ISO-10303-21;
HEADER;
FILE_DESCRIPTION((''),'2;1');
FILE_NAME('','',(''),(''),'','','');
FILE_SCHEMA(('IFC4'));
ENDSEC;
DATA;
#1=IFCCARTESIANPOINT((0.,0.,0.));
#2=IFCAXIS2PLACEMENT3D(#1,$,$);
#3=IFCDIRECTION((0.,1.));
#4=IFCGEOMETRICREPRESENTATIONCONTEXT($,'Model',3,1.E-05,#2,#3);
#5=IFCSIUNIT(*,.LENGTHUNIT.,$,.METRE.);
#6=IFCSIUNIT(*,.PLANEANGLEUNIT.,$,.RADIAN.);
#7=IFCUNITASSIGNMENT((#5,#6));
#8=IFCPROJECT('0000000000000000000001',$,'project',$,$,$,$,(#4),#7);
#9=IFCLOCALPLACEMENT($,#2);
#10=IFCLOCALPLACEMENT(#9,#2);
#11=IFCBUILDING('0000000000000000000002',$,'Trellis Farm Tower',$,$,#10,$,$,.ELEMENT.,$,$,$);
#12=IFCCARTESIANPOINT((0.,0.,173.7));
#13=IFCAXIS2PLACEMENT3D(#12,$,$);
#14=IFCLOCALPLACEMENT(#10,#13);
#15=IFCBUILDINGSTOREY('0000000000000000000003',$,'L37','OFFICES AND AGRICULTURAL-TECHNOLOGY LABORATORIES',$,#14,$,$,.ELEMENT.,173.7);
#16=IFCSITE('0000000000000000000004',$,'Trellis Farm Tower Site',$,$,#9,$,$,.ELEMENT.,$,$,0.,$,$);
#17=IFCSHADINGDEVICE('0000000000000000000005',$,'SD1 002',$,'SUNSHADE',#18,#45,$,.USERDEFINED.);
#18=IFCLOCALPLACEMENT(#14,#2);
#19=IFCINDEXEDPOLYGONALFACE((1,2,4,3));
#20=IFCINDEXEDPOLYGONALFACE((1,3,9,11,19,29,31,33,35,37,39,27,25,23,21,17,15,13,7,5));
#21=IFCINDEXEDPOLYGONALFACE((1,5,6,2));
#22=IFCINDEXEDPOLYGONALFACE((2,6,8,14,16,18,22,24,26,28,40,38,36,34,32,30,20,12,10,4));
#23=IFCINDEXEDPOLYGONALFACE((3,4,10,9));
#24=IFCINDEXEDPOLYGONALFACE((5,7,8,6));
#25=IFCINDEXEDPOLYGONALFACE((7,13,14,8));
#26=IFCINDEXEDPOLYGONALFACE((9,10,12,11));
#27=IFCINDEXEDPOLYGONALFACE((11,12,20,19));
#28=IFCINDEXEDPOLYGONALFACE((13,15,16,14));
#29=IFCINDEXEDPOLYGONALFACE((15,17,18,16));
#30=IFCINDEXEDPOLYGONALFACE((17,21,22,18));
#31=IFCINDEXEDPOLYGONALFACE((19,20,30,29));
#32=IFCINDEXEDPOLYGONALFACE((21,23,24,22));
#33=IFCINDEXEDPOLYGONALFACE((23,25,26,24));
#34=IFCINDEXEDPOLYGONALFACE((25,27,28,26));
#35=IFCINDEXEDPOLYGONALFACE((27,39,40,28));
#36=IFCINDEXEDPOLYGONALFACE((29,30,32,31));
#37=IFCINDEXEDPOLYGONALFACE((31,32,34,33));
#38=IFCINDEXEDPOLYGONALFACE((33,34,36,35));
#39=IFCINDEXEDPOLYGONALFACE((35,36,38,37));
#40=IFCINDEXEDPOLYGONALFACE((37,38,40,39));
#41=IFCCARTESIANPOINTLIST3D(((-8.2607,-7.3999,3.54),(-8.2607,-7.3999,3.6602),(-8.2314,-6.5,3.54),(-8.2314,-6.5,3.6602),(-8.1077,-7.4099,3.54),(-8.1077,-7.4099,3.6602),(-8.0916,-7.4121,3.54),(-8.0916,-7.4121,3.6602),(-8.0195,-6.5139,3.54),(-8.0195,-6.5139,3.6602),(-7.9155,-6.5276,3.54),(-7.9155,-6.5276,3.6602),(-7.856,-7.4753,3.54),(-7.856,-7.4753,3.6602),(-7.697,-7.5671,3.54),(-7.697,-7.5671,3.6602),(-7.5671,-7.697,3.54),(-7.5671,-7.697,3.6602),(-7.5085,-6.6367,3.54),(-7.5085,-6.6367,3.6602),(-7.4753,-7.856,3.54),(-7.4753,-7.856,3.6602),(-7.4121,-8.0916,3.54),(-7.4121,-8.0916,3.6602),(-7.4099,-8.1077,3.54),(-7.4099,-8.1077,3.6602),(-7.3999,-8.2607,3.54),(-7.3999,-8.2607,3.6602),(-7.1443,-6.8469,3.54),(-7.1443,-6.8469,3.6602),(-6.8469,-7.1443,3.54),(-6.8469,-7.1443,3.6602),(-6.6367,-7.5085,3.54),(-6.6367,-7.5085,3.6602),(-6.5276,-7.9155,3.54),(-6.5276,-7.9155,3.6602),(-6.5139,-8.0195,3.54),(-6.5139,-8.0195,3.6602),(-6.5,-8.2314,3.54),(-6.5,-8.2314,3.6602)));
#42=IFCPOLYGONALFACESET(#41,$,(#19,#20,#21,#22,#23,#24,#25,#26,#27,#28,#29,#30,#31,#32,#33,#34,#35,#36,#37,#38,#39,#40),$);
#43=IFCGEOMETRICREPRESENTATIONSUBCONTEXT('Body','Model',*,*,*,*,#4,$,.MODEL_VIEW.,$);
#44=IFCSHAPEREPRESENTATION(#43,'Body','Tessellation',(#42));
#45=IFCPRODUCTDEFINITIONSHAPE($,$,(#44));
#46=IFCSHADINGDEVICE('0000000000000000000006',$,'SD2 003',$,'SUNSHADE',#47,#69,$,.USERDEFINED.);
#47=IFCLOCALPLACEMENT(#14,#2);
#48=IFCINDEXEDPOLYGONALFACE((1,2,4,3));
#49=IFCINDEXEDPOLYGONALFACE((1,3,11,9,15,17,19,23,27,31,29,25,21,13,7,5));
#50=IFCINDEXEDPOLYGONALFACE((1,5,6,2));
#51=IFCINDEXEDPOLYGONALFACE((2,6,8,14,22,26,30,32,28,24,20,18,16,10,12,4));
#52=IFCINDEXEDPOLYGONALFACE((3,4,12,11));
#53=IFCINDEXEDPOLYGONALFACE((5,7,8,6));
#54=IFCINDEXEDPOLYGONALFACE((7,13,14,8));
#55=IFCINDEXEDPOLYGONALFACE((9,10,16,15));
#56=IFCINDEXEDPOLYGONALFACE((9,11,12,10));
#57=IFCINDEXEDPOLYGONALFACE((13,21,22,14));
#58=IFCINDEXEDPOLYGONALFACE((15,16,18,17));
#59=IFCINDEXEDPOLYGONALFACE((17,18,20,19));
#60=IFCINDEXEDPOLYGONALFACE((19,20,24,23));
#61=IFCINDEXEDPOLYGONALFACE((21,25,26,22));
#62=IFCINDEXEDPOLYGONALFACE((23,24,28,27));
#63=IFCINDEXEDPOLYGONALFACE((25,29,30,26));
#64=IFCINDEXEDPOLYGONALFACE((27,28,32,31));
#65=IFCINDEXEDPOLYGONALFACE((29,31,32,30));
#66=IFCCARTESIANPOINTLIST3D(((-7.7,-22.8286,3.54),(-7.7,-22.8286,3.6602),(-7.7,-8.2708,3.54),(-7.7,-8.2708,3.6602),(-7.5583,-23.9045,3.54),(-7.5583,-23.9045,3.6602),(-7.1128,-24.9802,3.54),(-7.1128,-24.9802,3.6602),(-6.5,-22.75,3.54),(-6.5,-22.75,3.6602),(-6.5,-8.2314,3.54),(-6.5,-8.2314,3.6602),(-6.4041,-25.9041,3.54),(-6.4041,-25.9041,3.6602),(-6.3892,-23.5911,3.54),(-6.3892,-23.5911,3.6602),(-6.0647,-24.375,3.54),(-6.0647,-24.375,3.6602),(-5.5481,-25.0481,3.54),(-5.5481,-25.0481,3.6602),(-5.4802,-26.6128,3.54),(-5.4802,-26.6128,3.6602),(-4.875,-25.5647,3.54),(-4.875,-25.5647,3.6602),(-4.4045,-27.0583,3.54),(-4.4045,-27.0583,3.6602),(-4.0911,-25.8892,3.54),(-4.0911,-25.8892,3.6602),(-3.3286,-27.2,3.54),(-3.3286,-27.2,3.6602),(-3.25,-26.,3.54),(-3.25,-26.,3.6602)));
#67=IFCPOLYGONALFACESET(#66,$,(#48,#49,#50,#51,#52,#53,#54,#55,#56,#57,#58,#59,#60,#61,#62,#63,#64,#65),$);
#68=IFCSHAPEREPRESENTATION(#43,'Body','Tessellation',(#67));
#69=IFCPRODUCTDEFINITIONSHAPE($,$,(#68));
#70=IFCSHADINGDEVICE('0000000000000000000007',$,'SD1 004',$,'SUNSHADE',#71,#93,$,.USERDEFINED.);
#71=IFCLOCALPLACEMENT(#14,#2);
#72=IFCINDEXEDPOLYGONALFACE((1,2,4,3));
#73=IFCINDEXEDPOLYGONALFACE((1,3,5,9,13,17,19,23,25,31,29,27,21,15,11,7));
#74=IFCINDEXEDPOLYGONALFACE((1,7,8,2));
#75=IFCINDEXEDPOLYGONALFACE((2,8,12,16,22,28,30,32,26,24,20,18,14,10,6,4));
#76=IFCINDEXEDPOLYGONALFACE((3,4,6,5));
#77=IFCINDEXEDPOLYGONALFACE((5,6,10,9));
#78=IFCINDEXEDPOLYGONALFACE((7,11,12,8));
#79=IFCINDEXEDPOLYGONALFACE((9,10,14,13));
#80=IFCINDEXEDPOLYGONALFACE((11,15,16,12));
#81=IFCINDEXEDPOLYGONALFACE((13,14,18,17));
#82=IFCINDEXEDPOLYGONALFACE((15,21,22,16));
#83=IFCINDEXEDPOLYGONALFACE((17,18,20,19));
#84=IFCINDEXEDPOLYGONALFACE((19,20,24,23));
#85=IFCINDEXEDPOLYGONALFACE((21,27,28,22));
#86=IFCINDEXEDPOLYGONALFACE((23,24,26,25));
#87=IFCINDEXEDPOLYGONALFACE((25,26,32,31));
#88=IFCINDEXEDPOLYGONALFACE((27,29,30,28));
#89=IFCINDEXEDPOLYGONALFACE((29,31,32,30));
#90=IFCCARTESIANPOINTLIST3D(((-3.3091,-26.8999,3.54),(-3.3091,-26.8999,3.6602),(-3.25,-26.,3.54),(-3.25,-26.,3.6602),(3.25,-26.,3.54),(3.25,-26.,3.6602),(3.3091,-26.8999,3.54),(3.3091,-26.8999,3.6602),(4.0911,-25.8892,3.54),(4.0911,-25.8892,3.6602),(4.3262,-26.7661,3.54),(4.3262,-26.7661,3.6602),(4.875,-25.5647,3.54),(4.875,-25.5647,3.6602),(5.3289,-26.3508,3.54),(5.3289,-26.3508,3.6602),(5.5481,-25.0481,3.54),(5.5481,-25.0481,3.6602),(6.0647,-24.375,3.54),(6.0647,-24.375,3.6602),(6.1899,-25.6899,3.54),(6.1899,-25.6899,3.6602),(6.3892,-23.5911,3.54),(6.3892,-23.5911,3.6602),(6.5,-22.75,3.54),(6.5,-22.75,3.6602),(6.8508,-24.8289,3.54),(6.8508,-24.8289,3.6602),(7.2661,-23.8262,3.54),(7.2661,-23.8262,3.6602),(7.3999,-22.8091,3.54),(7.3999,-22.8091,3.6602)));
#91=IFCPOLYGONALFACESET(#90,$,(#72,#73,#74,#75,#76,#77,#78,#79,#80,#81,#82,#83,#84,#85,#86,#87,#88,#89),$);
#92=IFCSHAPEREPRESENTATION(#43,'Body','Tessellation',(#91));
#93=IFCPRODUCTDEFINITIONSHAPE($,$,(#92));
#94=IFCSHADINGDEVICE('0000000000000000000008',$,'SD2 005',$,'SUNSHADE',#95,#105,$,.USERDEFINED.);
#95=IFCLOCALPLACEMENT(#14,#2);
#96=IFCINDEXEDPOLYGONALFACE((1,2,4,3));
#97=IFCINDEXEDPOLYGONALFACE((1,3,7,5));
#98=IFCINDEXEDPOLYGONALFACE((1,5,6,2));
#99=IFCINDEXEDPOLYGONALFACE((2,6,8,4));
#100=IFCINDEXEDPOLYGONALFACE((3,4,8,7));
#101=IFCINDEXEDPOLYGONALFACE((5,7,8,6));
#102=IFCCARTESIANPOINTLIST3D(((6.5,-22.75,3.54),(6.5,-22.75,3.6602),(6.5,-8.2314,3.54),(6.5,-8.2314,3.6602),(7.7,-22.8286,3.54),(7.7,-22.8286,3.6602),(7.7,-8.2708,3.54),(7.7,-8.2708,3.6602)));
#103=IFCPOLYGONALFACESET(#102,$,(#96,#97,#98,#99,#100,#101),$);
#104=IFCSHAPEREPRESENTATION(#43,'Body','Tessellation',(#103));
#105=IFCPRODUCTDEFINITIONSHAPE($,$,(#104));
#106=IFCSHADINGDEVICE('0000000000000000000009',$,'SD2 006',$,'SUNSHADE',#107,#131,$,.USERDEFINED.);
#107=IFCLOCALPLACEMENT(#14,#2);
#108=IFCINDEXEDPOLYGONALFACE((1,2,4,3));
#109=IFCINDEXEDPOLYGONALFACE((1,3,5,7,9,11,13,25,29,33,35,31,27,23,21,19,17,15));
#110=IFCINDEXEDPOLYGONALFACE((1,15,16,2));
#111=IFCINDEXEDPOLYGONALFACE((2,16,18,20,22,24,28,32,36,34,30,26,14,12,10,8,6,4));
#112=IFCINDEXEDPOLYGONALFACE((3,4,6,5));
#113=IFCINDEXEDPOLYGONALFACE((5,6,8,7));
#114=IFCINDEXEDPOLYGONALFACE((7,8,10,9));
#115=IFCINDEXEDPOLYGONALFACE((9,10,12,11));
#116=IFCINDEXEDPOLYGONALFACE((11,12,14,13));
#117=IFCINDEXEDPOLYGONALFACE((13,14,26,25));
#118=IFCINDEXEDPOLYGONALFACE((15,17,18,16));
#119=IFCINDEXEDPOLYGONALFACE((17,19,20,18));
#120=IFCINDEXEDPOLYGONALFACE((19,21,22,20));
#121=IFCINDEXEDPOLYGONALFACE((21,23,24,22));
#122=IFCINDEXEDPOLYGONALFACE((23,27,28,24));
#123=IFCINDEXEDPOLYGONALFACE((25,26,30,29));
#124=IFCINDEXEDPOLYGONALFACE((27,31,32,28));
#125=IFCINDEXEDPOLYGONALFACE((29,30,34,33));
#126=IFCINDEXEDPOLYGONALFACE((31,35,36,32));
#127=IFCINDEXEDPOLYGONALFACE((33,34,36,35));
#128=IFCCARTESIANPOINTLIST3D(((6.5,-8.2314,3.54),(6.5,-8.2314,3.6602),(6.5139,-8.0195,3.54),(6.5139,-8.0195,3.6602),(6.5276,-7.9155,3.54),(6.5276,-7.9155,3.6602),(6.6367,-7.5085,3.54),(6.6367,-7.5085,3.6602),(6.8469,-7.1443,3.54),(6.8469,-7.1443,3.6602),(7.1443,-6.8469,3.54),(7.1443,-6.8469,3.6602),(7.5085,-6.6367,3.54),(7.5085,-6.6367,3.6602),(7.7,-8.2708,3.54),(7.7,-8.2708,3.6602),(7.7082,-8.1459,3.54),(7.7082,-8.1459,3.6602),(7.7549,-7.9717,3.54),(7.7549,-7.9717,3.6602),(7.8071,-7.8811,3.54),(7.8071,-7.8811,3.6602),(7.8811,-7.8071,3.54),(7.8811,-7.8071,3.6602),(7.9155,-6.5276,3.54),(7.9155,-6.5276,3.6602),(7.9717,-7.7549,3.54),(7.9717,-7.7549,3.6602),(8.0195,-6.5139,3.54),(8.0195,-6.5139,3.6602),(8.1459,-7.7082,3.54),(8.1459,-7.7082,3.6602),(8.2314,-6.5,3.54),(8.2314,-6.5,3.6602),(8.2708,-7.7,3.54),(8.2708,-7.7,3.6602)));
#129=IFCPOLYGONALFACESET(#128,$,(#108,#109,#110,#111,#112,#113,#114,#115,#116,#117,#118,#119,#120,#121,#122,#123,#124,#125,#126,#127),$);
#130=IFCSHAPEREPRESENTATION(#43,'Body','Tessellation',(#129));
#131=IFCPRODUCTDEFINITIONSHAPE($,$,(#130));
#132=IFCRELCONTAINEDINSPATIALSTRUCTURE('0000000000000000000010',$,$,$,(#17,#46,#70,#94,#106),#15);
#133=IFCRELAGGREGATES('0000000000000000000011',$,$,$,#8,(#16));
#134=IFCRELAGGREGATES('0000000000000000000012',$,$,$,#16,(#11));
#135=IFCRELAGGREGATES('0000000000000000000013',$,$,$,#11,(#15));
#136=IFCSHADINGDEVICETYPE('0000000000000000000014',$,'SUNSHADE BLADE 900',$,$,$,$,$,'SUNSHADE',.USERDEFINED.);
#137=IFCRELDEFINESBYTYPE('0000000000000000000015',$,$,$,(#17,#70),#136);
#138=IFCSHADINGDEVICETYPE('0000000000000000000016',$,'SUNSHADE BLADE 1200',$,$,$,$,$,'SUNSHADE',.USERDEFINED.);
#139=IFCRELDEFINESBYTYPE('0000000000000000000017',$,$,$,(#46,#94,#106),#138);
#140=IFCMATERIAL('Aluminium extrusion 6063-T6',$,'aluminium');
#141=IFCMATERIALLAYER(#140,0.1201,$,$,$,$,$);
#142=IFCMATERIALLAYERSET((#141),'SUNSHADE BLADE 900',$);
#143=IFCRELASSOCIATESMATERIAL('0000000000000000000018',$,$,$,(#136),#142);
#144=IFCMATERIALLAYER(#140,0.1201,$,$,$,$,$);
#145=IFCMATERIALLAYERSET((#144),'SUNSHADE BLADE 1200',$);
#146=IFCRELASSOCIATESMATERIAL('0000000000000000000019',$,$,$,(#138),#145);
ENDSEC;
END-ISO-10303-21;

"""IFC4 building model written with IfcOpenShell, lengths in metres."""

from ifc_helpers import new_model, si_unit, direction, frame, origin, place, context, subcontext, project, spatial, polyline, outline, extrude, source, transform, mapped, material, layer, layer_set, type_object, element, save


model = new_model("IFC4")

# Units and contexts
model_context = context("Model", 3, precision=1e-05, world=origin(), true_north=direction((0.0, 1.0)))
body_context = subcontext(model_context, "Body", "Model", "MODEL_VIEW")
ifc_project = project(units=[si_unit("LENGTHUNIT", "METRE"), si_unit("PLANEANGLEUNIT", "RADIAN")], contexts=[model_context])

# Site, building, storey
site_placement = place(None, origin())
site = spatial("IfcSite", under=ifc_project, at=site_placement, Name="Trellis Farm Tower Site", CompositionType="ELEMENT", RefElevation=0.0)
building_placement = place(site_placement, origin())
building = spatial("IfcBuilding", under=site, at=building_placement, Name="Trellis Farm Tower", CompositionType="ELEMENT")
storey_placement = place(building_placement, frame((0.0, 0.0, 173.7)))
storey = spatial("IfcBuildingStorey", under=building, at=storey_placement, Name="L37", Description="OFFICES AND AGRICULTURAL-TECHNOLOGY LABORATORIES", CompositionType="ELEMENT", Elevation=173.7)

# Shared definitions
ifc_material_1 = material(Name="Aluminium extrusion 6063-T6", Category="aluminium")

# Shading devices
ifc_layer_1 = layer(ifc_material_1, 0.1201)
ifc_layer_set_1 = layer_set([ifc_layer_1], Name="SUNSHADE BLADE 900")
shading_device_type_1 = type_object("IfcShadingDeviceType", Name="SUNSHADE BLADE 900", ElementType="SUNSHADE", PredefinedType="USERDEFINED", material=ifc_layer_set_1)
shared_shape_1 = source(origin(), body_context, "Body", "SweptSolid", [
    extrude(outline(polyline([(-8.2607, -7.3999), (-8.1077, -7.4099), (-8.0916, -7.4121), (-7.856, -7.4753), (-7.697, -7.5671), (-7.5671, -7.697), (-7.4753, -7.856), (-7.4121, -8.0916), (-7.4099, -8.1077), (-7.3999, -8.2607), (-6.5, -8.2314), (-6.5139, -8.0195), (-6.5276, -7.9155), (-6.6367, -7.5085), (-6.8469, -7.1443), (-7.1443, -6.8469), (-7.5085, -6.6367), (-7.9155, -6.5276), (-8.0195, -6.5139), (-8.2314, -6.5), (-8.2607, -7.3999)])), origin(), (0.0, 0.0, 1.0), 0.1201),
])
placement_1 = place(storey_placement, frame((0.0, 0.0, 3.54)))
element("IfcShadingDevice", 1, at=placement_1, inside=storey, type_object=shading_device_type_1, Name="SD1 002", ObjectType="SUNSHADE", PredefinedType="USERDEFINED", context=body_context, shape_type="MappedRepresentation", body=[
    mapped(shared_shape_1, transform((0.0, 0.0, 0.0))),
])
ifc_layer_2 = layer(ifc_material_1, 0.1201)
ifc_layer_set_2 = layer_set([ifc_layer_2], Name="SUNSHADE BLADE 1200")
shading_device_type_2 = type_object("IfcShadingDeviceType", Name="SUNSHADE BLADE 1200", ElementType="SUNSHADE", PredefinedType="USERDEFINED", material=ifc_layer_set_2)
shared_shape_2 = source(origin(), body_context, "Body", "SweptSolid", [
    extrude(outline(polyline([(-7.7, -8.2708), (-7.7, -22.8286), (-7.5583, -23.9045), (-7.1128, -24.9802), (-6.4041, -25.9041), (-5.4802, -26.6128), (-4.4045, -27.0583), (-3.3286, -27.2), (-3.25, -26.0), (-4.0911, -25.8892), (-4.875, -25.5647), (-5.5481, -25.0481), (-6.0647, -24.375), (-6.3892, -23.5911), (-6.5, -22.75), (-6.5, -8.2314), (-7.7, -8.2708)])), origin(), (0.0, 0.0, 1.0), 0.1201),
])
element("IfcShadingDevice", 2, at=placement_1, inside=storey, type_object=shading_device_type_2, Name="SD2 003", ObjectType="SUNSHADE", PredefinedType="USERDEFINED", context=body_context, shape_type="MappedRepresentation", body=[
    mapped(shared_shape_2, transform((0.0, 0.0, 0.0))),
])
shared_shape_3 = source(origin(), body_context, "Body", "SweptSolid", [
    extrude(outline(polyline([(-3.3091, -26.8999), (3.3091, -26.8999), (4.3262, -26.7661), (5.3289, -26.3508), (6.1899, -25.6899), (6.8508, -24.8289), (7.2661, -23.8262), (7.3999, -22.8091), (6.5, -22.75), (6.3892, -23.5911), (6.0647, -24.375), (5.5481, -25.0481), (4.875, -25.5647), (4.0911, -25.8892), (3.25, -26.0), (-3.25, -26.0), (-3.3091, -26.8999)])), origin(), (0.0, 0.0, 1.0), 0.1201),
])
element("IfcShadingDevice", 3, at=placement_1, inside=storey, type_object=shading_device_type_1, Name="SD1 004", ObjectType="SUNSHADE", PredefinedType="USERDEFINED", context=body_context, shape_type="MappedRepresentation", body=[
    mapped(shared_shape_3, transform((0.0, 0.0, 0.0))),
])
shared_shape_4 = source(origin(), body_context, "Body", "SweptSolid", [
    extrude(outline(polyline([(7.7, -22.8286), (7.7, -8.2708), (6.5, -8.2314), (6.5, -22.75), (7.7, -22.8286)])), origin(), (0.0, 0.0, 1.0), 0.1201),
])
element("IfcShadingDevice", 4, at=placement_1, inside=storey, type_object=shading_device_type_2, Name="SD2 005", ObjectType="SUNSHADE", PredefinedType="USERDEFINED", context=body_context, shape_type="MappedRepresentation", body=[
    mapped(shared_shape_4, transform((0.0, 0.0, 0.0))),
])
shared_shape_5 = source(origin(), body_context, "Body", "SweptSolid", [
    extrude(outline(polyline([(7.7, -8.2708), (7.7087, -8.1372), (7.707, -8.1501), (7.7549, -7.9717), (7.8071, -7.8811), (7.8811, -7.8071), (7.9717, -7.7549), (8.1501, -7.707), (8.1372, -7.7087), (8.2708, -7.7), (8.2314, -6.5), (8.0195, -6.5139), (7.9155, -6.5276), (7.5085, -6.6367), (7.1443, -6.8469), (6.8469, -7.1443), (6.6367, -7.5085), (6.5276, -7.9155), (6.5139, -8.0195), (6.5, -8.2314), (7.7, -8.2708)])), origin(), (0.0, 0.0, 1.0), 0.1201),
])
element("IfcShadingDevice", 5, at=placement_1, inside=storey, type_object=shading_device_type_2, Name="SD2 006", ObjectType="SUNSHADE", PredefinedType="USERDEFINED", context=body_context, shape_type="MappedRepresentation", body=[
    mapped(shared_shape_5, transform((0.0, 0.0, 0.0))),
])

save(model, "model.ifc")
